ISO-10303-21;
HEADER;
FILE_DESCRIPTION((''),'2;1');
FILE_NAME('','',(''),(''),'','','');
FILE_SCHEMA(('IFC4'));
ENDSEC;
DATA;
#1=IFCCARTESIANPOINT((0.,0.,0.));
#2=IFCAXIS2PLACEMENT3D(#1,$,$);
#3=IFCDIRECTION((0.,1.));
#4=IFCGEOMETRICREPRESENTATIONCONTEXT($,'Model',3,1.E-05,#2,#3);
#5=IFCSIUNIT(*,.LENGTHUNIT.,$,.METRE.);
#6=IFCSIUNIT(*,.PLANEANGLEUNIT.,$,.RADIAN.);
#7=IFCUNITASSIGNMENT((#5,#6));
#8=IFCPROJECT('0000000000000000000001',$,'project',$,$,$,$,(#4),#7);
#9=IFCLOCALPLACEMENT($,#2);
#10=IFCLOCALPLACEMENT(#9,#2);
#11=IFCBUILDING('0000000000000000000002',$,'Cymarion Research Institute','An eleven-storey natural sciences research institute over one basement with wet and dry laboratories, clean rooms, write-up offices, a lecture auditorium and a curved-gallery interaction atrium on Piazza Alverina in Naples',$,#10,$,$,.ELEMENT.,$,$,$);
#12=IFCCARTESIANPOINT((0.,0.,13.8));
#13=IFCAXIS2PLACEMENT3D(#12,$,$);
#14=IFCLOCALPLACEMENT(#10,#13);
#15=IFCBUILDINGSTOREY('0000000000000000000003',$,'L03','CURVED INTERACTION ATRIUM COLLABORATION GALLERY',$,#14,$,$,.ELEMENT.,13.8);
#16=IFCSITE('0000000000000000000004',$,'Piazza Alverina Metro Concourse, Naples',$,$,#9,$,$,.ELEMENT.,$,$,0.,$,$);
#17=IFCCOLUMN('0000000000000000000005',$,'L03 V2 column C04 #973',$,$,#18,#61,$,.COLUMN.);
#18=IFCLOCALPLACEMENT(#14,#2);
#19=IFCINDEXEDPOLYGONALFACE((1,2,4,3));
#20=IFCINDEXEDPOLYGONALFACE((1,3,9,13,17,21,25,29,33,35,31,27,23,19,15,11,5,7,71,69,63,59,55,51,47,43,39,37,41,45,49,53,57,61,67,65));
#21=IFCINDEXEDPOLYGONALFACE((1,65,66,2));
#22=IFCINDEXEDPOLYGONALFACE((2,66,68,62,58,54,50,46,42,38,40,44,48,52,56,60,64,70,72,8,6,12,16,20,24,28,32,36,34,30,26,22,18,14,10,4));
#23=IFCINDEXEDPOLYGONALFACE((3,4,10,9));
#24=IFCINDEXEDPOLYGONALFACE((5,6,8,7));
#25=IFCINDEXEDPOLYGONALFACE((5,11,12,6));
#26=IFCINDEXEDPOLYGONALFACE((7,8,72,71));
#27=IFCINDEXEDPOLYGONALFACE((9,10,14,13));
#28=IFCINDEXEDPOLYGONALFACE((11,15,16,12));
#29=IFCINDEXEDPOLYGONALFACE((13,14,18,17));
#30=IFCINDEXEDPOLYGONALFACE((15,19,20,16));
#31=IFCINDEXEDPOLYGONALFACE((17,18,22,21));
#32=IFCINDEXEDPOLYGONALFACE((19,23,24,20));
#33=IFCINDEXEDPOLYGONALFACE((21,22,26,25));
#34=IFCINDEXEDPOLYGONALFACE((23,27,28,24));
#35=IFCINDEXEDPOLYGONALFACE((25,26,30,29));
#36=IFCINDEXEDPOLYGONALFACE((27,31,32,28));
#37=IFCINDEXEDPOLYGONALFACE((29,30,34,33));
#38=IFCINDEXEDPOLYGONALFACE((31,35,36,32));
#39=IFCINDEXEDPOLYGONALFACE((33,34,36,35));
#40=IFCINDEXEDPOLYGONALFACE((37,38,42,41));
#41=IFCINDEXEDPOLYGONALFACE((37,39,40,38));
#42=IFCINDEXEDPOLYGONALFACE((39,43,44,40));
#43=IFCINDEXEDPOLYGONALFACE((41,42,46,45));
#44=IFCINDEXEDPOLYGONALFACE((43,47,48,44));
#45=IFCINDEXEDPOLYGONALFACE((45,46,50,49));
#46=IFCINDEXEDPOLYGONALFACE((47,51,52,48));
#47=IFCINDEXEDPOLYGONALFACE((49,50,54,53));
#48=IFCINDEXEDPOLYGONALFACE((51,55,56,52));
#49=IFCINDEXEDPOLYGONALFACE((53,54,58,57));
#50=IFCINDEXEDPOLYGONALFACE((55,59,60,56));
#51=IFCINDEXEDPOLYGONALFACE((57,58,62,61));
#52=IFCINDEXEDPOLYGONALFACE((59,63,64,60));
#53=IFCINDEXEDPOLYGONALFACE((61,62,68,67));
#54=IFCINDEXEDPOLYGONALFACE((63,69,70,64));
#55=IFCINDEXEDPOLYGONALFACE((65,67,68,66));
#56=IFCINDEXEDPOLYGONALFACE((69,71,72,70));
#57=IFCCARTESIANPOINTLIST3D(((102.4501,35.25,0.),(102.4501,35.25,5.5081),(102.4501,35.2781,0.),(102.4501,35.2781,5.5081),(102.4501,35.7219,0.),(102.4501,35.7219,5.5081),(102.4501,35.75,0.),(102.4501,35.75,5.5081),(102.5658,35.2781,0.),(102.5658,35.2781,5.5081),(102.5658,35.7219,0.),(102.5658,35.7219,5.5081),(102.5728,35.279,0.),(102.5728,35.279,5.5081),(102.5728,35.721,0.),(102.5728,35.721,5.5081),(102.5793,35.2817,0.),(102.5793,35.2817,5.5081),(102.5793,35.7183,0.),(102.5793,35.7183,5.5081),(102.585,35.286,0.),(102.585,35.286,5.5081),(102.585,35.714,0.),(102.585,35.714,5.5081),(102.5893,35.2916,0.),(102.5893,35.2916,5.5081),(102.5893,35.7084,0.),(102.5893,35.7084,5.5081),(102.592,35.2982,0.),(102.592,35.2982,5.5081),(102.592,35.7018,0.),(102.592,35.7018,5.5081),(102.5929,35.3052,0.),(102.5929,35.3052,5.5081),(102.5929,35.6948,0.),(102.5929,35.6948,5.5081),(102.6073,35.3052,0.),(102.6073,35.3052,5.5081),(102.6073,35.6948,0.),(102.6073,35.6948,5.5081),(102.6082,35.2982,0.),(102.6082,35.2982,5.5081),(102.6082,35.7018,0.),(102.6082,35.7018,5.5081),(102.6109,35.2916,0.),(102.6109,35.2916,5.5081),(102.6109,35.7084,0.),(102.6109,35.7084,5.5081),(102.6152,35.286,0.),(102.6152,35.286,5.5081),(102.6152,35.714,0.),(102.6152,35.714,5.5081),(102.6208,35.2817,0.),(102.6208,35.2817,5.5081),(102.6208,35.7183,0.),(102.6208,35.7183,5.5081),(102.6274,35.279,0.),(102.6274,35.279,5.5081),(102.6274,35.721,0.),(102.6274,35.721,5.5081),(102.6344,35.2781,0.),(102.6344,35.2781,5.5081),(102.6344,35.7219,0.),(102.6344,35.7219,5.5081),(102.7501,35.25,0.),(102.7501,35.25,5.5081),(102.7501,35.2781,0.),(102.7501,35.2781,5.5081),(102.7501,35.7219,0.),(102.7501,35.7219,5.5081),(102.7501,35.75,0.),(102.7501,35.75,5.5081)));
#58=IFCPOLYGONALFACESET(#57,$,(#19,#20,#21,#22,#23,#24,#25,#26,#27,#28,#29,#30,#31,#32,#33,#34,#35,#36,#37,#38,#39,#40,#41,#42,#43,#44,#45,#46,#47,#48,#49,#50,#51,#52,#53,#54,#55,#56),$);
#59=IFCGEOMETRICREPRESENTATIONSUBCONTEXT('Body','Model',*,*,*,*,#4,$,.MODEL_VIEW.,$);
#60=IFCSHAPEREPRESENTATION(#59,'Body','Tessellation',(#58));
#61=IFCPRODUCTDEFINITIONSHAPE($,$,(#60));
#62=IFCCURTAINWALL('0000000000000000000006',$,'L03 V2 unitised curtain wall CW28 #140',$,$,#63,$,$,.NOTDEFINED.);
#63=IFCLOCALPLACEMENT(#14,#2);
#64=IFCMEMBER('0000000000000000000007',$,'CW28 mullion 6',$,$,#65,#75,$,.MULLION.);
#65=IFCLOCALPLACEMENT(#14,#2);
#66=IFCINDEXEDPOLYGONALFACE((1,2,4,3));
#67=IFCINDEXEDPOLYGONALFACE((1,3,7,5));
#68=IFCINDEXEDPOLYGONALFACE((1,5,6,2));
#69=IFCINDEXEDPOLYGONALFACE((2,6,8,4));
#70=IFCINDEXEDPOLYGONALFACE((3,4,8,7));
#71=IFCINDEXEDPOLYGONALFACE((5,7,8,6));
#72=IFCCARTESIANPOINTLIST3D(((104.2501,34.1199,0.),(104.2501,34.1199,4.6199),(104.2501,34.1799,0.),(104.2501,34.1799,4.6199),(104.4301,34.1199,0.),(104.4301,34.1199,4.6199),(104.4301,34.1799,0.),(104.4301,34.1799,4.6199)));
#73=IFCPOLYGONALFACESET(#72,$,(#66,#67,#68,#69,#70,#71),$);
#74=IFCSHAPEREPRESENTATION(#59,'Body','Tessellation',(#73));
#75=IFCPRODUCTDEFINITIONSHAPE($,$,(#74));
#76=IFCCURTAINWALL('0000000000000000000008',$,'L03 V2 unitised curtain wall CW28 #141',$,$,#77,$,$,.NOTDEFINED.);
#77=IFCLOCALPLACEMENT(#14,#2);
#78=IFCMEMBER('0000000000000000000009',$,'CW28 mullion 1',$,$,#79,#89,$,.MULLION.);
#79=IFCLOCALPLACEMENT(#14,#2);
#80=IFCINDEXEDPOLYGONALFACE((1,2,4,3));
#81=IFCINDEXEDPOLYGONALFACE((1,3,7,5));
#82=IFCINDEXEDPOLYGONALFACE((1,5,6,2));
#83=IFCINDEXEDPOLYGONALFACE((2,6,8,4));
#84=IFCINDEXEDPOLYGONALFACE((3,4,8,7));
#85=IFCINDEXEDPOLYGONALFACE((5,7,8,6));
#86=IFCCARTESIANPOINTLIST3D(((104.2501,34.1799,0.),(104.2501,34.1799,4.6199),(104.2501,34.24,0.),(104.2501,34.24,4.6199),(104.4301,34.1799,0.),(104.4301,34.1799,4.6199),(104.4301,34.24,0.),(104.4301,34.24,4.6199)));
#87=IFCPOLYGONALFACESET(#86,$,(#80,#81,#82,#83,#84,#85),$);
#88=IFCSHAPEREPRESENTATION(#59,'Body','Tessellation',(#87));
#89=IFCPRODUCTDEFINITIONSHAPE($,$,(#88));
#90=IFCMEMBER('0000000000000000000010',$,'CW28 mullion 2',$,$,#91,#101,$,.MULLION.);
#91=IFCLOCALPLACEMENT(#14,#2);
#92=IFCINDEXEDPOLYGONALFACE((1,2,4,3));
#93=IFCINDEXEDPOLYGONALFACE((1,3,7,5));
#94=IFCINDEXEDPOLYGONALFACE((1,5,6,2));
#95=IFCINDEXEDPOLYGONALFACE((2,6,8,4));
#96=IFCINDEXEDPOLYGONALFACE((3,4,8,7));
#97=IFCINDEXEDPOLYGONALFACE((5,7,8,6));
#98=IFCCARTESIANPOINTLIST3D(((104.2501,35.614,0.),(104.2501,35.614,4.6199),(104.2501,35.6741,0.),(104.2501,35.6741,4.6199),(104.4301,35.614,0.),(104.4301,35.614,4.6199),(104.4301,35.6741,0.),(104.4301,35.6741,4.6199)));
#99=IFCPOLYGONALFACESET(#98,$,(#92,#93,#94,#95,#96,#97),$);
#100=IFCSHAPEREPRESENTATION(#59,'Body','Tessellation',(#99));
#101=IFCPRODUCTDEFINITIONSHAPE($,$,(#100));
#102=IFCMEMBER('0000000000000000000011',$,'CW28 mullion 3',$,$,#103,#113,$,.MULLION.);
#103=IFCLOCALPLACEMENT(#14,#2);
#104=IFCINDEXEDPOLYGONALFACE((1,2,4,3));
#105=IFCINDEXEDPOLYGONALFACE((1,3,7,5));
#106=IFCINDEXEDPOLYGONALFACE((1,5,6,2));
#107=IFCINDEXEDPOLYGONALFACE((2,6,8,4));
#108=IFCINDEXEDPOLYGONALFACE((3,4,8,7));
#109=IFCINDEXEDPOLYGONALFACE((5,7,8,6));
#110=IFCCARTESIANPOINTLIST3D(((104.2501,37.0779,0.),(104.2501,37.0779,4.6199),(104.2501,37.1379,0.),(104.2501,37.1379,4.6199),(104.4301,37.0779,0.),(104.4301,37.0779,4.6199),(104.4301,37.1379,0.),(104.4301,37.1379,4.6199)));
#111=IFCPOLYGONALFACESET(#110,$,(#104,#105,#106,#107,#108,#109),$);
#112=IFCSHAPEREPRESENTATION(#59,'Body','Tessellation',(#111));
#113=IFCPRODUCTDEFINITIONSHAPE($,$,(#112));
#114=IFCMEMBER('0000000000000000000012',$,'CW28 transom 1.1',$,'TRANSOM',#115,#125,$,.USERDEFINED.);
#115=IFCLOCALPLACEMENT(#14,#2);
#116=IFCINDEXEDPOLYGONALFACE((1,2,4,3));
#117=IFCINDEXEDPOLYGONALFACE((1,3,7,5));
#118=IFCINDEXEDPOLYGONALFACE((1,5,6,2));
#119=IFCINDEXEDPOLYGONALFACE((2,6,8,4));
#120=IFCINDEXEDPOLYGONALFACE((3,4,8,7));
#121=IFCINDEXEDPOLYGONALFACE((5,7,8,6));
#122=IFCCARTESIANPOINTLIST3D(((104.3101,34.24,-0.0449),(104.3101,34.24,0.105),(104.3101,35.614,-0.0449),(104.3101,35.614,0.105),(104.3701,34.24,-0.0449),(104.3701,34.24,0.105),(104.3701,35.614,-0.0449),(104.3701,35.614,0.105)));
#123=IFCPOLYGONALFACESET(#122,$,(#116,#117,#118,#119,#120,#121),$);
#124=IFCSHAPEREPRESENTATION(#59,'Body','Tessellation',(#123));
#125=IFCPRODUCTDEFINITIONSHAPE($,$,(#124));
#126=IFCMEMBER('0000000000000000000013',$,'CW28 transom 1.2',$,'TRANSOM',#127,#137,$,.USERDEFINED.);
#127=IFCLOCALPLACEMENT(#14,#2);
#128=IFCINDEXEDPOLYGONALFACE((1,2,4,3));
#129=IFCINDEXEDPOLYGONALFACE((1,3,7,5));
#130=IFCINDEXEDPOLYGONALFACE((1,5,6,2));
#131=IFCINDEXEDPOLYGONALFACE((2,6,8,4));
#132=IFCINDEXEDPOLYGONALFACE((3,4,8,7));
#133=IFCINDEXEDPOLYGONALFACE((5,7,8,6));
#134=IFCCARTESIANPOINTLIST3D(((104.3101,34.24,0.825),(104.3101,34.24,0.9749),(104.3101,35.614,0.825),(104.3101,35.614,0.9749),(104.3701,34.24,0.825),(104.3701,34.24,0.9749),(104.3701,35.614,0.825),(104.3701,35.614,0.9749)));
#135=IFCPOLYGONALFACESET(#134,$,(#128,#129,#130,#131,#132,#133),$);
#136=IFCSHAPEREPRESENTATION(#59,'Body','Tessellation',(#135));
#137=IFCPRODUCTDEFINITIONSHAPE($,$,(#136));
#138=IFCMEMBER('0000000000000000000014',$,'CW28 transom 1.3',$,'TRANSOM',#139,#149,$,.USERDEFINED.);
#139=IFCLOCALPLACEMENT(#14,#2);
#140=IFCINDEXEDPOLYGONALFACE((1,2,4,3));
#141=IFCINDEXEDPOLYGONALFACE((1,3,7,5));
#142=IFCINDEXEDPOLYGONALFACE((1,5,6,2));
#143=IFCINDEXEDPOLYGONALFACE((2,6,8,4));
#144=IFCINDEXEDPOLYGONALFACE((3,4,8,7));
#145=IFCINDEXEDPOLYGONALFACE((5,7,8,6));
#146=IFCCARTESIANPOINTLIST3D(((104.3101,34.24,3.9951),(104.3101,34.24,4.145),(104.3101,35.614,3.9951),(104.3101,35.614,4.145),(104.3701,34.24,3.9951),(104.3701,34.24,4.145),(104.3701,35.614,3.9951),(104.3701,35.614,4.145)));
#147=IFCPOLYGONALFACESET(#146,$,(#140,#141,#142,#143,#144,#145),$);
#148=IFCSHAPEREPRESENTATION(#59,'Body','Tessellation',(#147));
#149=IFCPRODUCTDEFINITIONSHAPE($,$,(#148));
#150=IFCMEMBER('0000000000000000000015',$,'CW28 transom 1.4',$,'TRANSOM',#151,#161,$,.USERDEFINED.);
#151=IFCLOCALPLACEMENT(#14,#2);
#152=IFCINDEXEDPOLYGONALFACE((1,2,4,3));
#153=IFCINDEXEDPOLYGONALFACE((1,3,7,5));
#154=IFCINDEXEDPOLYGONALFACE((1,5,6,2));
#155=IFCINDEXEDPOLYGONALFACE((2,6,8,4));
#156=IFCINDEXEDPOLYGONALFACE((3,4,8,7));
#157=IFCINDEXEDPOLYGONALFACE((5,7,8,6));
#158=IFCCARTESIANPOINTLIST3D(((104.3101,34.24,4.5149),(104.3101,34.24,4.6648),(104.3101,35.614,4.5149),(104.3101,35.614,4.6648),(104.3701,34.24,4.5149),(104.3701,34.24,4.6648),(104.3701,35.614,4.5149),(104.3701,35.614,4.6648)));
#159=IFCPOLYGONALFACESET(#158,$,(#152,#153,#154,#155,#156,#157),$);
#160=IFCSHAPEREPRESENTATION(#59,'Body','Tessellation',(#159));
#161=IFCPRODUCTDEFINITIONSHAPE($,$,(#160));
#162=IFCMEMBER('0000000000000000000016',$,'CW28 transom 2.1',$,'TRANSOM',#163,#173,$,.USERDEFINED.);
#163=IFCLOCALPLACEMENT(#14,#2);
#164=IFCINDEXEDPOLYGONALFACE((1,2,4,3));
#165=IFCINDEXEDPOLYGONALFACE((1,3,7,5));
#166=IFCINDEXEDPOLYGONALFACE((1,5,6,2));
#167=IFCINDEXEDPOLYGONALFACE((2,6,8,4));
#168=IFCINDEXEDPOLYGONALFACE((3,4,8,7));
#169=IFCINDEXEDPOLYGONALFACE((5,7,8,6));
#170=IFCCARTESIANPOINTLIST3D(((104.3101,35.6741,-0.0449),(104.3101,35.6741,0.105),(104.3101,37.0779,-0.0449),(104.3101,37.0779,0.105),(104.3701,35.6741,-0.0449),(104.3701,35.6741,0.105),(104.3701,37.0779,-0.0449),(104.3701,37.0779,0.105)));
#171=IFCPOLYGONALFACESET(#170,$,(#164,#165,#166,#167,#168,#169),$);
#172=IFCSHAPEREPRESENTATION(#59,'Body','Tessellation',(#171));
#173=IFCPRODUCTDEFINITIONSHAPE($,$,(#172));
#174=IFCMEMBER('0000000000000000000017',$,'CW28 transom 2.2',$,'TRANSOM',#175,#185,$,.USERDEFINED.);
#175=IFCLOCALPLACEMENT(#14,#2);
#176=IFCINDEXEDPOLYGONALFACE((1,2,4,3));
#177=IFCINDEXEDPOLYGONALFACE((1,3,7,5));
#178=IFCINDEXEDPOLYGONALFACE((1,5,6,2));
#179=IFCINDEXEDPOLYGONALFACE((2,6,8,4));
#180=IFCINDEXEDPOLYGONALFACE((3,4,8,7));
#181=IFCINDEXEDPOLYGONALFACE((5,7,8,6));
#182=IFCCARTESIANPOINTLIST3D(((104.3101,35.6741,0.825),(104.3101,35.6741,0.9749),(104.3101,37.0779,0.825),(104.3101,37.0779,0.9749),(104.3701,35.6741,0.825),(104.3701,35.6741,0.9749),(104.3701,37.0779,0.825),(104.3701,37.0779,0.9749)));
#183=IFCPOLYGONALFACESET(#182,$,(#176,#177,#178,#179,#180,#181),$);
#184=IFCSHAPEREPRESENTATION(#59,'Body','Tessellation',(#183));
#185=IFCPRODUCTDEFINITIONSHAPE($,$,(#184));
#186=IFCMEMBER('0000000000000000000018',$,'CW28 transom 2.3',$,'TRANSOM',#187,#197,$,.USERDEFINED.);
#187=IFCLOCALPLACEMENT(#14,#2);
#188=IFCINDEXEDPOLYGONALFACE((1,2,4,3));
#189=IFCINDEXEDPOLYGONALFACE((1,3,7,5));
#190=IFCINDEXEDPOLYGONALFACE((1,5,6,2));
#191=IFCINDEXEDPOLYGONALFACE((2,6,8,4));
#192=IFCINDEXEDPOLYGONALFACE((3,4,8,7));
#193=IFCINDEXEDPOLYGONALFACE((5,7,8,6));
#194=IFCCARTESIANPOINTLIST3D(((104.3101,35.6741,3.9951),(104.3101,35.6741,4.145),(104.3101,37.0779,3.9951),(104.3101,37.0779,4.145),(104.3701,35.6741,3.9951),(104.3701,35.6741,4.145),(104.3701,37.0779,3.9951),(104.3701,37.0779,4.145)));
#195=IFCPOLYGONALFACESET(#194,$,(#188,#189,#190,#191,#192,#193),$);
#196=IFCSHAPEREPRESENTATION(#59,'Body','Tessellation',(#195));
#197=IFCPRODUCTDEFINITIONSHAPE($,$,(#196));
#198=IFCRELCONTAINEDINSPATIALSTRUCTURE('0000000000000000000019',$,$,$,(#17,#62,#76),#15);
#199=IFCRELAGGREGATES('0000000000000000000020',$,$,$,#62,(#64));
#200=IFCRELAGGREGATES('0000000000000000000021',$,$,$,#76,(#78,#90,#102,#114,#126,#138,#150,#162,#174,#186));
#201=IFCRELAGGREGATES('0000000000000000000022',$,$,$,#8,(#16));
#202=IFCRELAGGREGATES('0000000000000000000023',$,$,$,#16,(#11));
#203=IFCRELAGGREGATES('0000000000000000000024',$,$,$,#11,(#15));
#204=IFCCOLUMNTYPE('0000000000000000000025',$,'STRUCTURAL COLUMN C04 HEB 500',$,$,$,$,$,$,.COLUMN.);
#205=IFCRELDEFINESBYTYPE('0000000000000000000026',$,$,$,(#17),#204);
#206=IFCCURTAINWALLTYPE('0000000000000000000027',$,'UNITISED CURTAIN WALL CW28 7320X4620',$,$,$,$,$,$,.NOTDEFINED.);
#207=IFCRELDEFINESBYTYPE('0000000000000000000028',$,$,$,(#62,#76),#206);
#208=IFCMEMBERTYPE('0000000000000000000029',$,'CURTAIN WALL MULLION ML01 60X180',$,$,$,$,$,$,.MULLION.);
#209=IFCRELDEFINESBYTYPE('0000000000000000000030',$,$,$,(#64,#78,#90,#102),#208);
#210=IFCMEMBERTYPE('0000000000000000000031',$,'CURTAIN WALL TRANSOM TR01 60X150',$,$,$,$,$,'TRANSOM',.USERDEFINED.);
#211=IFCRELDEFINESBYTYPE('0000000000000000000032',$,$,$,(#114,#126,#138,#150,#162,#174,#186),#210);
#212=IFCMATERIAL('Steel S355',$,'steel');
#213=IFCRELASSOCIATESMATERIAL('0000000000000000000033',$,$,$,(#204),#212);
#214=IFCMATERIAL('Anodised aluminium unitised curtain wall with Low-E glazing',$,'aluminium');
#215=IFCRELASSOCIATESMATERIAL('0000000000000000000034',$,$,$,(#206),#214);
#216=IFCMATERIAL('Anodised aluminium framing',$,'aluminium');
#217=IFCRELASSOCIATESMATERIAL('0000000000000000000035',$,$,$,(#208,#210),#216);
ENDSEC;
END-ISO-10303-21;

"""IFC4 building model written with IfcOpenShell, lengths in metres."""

from ifc_helpers import new_model, si_unit, direction, frame, origin, origin_2d, place, context, subcontext, project, spatial, rectangle, i_section, extrude, material, material_profile, profile_set, type_object, element, aggregate, save


model = new_model("IFC4")

# Units and contexts
model_context = context("Model", 3, precision=1e-05, world=origin(), true_north=direction((0.0, 1.0)))
body_context = subcontext(model_context, "Body", "Model", "MODEL_VIEW")
ifc_project = project(units=[si_unit("LENGTHUNIT", "METRE"), si_unit("PLANEANGLEUNIT", "RADIAN")], contexts=[model_context])

# Site, building, storey
site_placement = place(None, origin())
site = spatial("IfcSite", under=ifc_project, at=site_placement, Name="Piazza Alverina Metro Concourse, Naples", CompositionType="ELEMENT", RefElevation=0.0)
building_placement = place(site_placement, origin())
building = spatial("IfcBuilding", under=site, at=building_placement, Name="Cymarion Research Institute", Description="An eleven-storey natural sciences research institute over one basement with wet and dry laboratories, clean rooms, write-up offices, a lecture auditorium and a curved-gallery interaction atrium on Piazza Alverina in Naples", CompositionType="ELEMENT")
storey_placement = place(building_placement, frame((0.0, 0.0, 13.8)))
storey = spatial("IfcBuildingStorey", under=building, at=storey_placement, Name="L03", Description="CURVED INTERACTION ATRIUM COLLABORATION GALLERY", CompositionType="ELEMENT", Elevation=13.8)

# Column
ifc_material_1 = material(Name="Steel S355", Category="steel")
ifc_material_profile_1 = material_profile(ifc_material_1, i_section(OverallWidth=0.3, OverallDepth=0.5, WebThickness=0.0144, FlangeThickness=0.0281, FilletRadius=0.0271, at=origin_2d()), Name="HEB 500")
ifc_profile_set_1 = profile_set([ifc_material_profile_1], Name="Steel S355")
column_type = type_object("IfcColumnType", Name="STRUCTURAL COLUMN C04 HEB 500", PredefinedType="COLUMN", material=ifc_profile_set_1)
column_placement = place(storey_placement, frame((102.6001, 35.5, 0.0), z_axis=(0.0, 0.0, 1.0), x_axis=(1.0, 0.0, 0.0)))
element("IfcColumn", 1, at=column_placement, inside=storey, type_object=column_type, Name="L03 V2 column C04 #973", PredefinedType="COLUMN", context=body_context, shape_type="SweptSolid", body=[
    extrude(i_section(OverallWidth=0.3, OverallDepth=0.5, WebThickness=0.0144, FlangeThickness=0.0281, FilletRadius=0.0271, at=origin_2d()), origin(), (0.0, 0.0, 1.0), 5.5081),
])

# Curtain wall, member
ifc_material_2 = material(Name="Anodised aluminium unitised curtain wall with Low-E glazing", Category="aluminium")
curtain_wall_type = type_object("IfcCurtainWallType", Name="UNITISED CURTAIN WALL CW28 7320X4620", PredefinedType="NOTDEFINED", material=ifc_material_2)
curtain_wall_1_placement = place(storey_placement, origin())
curtain_wall_1 = element("IfcCurtainWall", 2, at=curtain_wall_1_placement, inside=storey, type_object=curtain_wall_type, Name="L03 V2 unitised curtain wall CW28 #140", PredefinedType="NOTDEFINED")
ifc_material_3 = material(Name="Anodised aluminium framing", Category="aluminium")
ifc_material_profile_2 = material_profile(ifc_material_3, rectangle(XDim=0.0601, YDim=0.1799, at=origin_2d()), Name="ALU MULLION 60x180")
ifc_profile_set_2 = profile_set([ifc_material_profile_2], Name="Anodised aluminium framing")
member_type_1 = type_object("IfcMemberType", Name="CURTAIN WALL MULLION ML01 60X180", PredefinedType="MULLION", material=ifc_profile_set_2)
member_1_placement = place(storey_placement, frame((104.3401, 34.1499, 0.0), z_axis=(0.0, 0.0, 1.0), x_axis=(0.0, 1.0, 0.0)))
member_1 = element("IfcMember", 3, at=member_1_placement, type_object=member_type_1, Name="CW28 mullion 6", PredefinedType="MULLION", context=body_context, shape_type="SweptSolid", body=[
    extrude(rectangle(XDim=0.0601, YDim=0.1799, at=origin_2d()), origin(), (0.0, 0.0, 1.0), 4.6199),
])

# Curtain wall, members
curtain_wall_2_placement = place(storey_placement, origin())
curtain_wall_2 = element("IfcCurtainWall", 4, at=curtain_wall_2_placement, inside=storey, type_object=curtain_wall_type, Name="L03 V2 unitised curtain wall CW28 #141", PredefinedType="NOTDEFINED")
member_2_placement = place(storey_placement, frame((104.3401, 34.21, 0.0), z_axis=(0.0, 0.0, 1.0), x_axis=(0.0, 1.0, 0.0)))
member_2 = element("IfcMember", 5, at=member_2_placement, type_object=member_type_1, Name="CW28 mullion 1", PredefinedType="MULLION", context=body_context, shape_type="SweptSolid", body=[
    extrude(rectangle(XDim=0.0601, YDim=0.1799, at=origin_2d()), origin(), (0.0, 0.0, 1.0), 4.6199),
])
member_3_placement = place(storey_placement, frame((104.3401, 35.644, 0.0), z_axis=(0.0, 0.0, 1.0), x_axis=(0.0, 1.0, 0.0)))
member_3 = element("IfcMember", 6, at=member_3_placement, type_object=member_type_1, Name="CW28 mullion 2", PredefinedType="MULLION", context=body_context, shape_type="SweptSolid", body=[
    extrude(rectangle(XDim=0.0601, YDim=0.1799, at=origin_2d()), origin(), (0.0, 0.0, 1.0), 4.6199),
])
member_4_placement = place(storey_placement, frame((104.3401, 37.1079, 0.0), z_axis=(0.0, 0.0, 1.0), x_axis=(0.0, 1.0, 0.0)))
member_4 = element("IfcMember", 7, at=member_4_placement, type_object=member_type_1, Name="CW28 mullion 3", PredefinedType="MULLION", context=body_context, shape_type="SweptSolid", body=[
    extrude(rectangle(XDim=0.0601, YDim=0.1799, at=origin_2d()), origin(), (0.0, 0.0, 1.0), 4.6199),
])
ifc_material_profile_3 = material_profile(ifc_material_3, rectangle(XDim=0.0601, YDim=0.1499, at=origin_2d()), Name="ALU TRANSOM 60x150")
ifc_profile_set_3 = profile_set([ifc_material_profile_3], Name="Anodised aluminium framing")
member_type_2 = type_object("IfcMemberType", Name="CURTAIN WALL TRANSOM TR01 60X150", ElementType="TRANSOM", PredefinedType="USERDEFINED", material=ifc_profile_set_3)
member_5_placement = place(storey_placement, frame((104.3401, 34.24, 0.03), z_axis=(0.0, 1.0, 0.0), x_axis=(-1.0, 0.0, 0.0)))
member_5 = element("IfcMember", 8, at=member_5_placement, type_object=member_type_2, Name="CW28 transom 1.1", ObjectType="TRANSOM", PredefinedType="USERDEFINED", context=body_context, shape_type="SweptSolid", body=[
    extrude(rectangle(XDim=0.0601, YDim=0.1499, at=origin_2d()), origin(), (0.0, 0.0, 1.0), 1.374),
])
member_6_placement = place(storey_placement, frame((104.3401, 34.24, 0.8999), z_axis=(0.0, 1.0, 0.0), x_axis=(-1.0, 0.0, 0.0)))
member_6 = element("IfcMember", 9, at=member_6_placement, type_object=member_type_2, Name="CW28 transom 1.2", ObjectType="TRANSOM", PredefinedType="USERDEFINED", context=body_context, shape_type="SweptSolid", body=[
    extrude(rectangle(XDim=0.0601, YDim=0.1499, at=origin_2d()), origin(), (0.0, 0.0, 1.0), 1.374),
])
member_7_placement = place(storey_placement, frame((104.3401, 34.24, 4.0701), z_axis=(0.0, 1.0, 0.0), x_axis=(-1.0, 0.0, 0.0)))
member_7 = element("IfcMember", 10, at=member_7_placement, type_object=member_type_2, Name="CW28 transom 1.3", ObjectType="TRANSOM", PredefinedType="USERDEFINED", context=body_context, shape_type="SweptSolid", body=[
    extrude(rectangle(XDim=0.0601, YDim=0.1499, at=origin_2d()), origin(), (0.0, 0.0, 1.0), 1.374),
])
member_8_placement = place(storey_placement, frame((104.3401, 34.24, 4.5898), z_axis=(0.0, 1.0, 0.0), x_axis=(-1.0, 0.0, 0.0)))
member_8 = element("IfcMember", 11, at=member_8_placement, type_object=member_type_2, Name="CW28 transom 1.4", ObjectType="TRANSOM", PredefinedType="USERDEFINED", context=body_context, shape_type="SweptSolid", body=[
    extrude(rectangle(XDim=0.0601, YDim=0.1499, at=origin_2d()), origin(), (0.0, 0.0, 1.0), 1.374),
])
member_9_placement = place(storey_placement, frame((104.3401, 35.6741, 0.03), z_axis=(0.0, 1.0, 0.0), x_axis=(-1.0, 0.0, 0.0)))
member_9 = element("IfcMember", 12, at=member_9_placement, type_object=member_type_2, Name="CW28 transom 2.1", ObjectType="TRANSOM", PredefinedType="USERDEFINED", context=body_context, shape_type="SweptSolid", body=[
    extrude(rectangle(XDim=0.0601, YDim=0.1499, at=origin_2d()), origin(), (0.0, 0.0, 1.0), 1.4038),
])
member_10_placement = place(storey_placement, frame((104.3401, 35.6741, 0.8999), z_axis=(0.0, 1.0, 0.0), x_axis=(-1.0, 0.0, 0.0)))
member_10 = element("IfcMember", 13, at=member_10_placement, type_object=member_type_2, Name="CW28 transom 2.2", ObjectType="TRANSOM", PredefinedType="USERDEFINED", context=body_context, shape_type="SweptSolid", body=[
    extrude(rectangle(XDim=0.0601, YDim=0.1499, at=origin_2d()), origin(), (0.0, 0.0, 1.0), 1.4038),
])
member_11_placement = place(storey_placement, frame((104.3401, 35.6741, 4.0701), z_axis=(0.0, 1.0, 0.0), x_axis=(-1.0, 0.0, 0.0)))
member_11 = element("IfcMember", 14, at=member_11_placement, type_object=member_type_2, Name="CW28 transom 2.3", ObjectType="TRANSOM", PredefinedType="USERDEFINED", context=body_context, shape_type="SweptSolid", body=[
    extrude(rectangle(XDim=0.0601, YDim=0.1499, at=origin_2d()), origin(), (0.0, 0.0, 1.0), 1.4038),
])

aggregate(curtain_wall_1, [member_1])
aggregate(curtain_wall_2, [member_2, member_3, member_4, member_5, member_6, member_7, member_8, member_9, member_10, member_11])

save(model, "model.ifc")
